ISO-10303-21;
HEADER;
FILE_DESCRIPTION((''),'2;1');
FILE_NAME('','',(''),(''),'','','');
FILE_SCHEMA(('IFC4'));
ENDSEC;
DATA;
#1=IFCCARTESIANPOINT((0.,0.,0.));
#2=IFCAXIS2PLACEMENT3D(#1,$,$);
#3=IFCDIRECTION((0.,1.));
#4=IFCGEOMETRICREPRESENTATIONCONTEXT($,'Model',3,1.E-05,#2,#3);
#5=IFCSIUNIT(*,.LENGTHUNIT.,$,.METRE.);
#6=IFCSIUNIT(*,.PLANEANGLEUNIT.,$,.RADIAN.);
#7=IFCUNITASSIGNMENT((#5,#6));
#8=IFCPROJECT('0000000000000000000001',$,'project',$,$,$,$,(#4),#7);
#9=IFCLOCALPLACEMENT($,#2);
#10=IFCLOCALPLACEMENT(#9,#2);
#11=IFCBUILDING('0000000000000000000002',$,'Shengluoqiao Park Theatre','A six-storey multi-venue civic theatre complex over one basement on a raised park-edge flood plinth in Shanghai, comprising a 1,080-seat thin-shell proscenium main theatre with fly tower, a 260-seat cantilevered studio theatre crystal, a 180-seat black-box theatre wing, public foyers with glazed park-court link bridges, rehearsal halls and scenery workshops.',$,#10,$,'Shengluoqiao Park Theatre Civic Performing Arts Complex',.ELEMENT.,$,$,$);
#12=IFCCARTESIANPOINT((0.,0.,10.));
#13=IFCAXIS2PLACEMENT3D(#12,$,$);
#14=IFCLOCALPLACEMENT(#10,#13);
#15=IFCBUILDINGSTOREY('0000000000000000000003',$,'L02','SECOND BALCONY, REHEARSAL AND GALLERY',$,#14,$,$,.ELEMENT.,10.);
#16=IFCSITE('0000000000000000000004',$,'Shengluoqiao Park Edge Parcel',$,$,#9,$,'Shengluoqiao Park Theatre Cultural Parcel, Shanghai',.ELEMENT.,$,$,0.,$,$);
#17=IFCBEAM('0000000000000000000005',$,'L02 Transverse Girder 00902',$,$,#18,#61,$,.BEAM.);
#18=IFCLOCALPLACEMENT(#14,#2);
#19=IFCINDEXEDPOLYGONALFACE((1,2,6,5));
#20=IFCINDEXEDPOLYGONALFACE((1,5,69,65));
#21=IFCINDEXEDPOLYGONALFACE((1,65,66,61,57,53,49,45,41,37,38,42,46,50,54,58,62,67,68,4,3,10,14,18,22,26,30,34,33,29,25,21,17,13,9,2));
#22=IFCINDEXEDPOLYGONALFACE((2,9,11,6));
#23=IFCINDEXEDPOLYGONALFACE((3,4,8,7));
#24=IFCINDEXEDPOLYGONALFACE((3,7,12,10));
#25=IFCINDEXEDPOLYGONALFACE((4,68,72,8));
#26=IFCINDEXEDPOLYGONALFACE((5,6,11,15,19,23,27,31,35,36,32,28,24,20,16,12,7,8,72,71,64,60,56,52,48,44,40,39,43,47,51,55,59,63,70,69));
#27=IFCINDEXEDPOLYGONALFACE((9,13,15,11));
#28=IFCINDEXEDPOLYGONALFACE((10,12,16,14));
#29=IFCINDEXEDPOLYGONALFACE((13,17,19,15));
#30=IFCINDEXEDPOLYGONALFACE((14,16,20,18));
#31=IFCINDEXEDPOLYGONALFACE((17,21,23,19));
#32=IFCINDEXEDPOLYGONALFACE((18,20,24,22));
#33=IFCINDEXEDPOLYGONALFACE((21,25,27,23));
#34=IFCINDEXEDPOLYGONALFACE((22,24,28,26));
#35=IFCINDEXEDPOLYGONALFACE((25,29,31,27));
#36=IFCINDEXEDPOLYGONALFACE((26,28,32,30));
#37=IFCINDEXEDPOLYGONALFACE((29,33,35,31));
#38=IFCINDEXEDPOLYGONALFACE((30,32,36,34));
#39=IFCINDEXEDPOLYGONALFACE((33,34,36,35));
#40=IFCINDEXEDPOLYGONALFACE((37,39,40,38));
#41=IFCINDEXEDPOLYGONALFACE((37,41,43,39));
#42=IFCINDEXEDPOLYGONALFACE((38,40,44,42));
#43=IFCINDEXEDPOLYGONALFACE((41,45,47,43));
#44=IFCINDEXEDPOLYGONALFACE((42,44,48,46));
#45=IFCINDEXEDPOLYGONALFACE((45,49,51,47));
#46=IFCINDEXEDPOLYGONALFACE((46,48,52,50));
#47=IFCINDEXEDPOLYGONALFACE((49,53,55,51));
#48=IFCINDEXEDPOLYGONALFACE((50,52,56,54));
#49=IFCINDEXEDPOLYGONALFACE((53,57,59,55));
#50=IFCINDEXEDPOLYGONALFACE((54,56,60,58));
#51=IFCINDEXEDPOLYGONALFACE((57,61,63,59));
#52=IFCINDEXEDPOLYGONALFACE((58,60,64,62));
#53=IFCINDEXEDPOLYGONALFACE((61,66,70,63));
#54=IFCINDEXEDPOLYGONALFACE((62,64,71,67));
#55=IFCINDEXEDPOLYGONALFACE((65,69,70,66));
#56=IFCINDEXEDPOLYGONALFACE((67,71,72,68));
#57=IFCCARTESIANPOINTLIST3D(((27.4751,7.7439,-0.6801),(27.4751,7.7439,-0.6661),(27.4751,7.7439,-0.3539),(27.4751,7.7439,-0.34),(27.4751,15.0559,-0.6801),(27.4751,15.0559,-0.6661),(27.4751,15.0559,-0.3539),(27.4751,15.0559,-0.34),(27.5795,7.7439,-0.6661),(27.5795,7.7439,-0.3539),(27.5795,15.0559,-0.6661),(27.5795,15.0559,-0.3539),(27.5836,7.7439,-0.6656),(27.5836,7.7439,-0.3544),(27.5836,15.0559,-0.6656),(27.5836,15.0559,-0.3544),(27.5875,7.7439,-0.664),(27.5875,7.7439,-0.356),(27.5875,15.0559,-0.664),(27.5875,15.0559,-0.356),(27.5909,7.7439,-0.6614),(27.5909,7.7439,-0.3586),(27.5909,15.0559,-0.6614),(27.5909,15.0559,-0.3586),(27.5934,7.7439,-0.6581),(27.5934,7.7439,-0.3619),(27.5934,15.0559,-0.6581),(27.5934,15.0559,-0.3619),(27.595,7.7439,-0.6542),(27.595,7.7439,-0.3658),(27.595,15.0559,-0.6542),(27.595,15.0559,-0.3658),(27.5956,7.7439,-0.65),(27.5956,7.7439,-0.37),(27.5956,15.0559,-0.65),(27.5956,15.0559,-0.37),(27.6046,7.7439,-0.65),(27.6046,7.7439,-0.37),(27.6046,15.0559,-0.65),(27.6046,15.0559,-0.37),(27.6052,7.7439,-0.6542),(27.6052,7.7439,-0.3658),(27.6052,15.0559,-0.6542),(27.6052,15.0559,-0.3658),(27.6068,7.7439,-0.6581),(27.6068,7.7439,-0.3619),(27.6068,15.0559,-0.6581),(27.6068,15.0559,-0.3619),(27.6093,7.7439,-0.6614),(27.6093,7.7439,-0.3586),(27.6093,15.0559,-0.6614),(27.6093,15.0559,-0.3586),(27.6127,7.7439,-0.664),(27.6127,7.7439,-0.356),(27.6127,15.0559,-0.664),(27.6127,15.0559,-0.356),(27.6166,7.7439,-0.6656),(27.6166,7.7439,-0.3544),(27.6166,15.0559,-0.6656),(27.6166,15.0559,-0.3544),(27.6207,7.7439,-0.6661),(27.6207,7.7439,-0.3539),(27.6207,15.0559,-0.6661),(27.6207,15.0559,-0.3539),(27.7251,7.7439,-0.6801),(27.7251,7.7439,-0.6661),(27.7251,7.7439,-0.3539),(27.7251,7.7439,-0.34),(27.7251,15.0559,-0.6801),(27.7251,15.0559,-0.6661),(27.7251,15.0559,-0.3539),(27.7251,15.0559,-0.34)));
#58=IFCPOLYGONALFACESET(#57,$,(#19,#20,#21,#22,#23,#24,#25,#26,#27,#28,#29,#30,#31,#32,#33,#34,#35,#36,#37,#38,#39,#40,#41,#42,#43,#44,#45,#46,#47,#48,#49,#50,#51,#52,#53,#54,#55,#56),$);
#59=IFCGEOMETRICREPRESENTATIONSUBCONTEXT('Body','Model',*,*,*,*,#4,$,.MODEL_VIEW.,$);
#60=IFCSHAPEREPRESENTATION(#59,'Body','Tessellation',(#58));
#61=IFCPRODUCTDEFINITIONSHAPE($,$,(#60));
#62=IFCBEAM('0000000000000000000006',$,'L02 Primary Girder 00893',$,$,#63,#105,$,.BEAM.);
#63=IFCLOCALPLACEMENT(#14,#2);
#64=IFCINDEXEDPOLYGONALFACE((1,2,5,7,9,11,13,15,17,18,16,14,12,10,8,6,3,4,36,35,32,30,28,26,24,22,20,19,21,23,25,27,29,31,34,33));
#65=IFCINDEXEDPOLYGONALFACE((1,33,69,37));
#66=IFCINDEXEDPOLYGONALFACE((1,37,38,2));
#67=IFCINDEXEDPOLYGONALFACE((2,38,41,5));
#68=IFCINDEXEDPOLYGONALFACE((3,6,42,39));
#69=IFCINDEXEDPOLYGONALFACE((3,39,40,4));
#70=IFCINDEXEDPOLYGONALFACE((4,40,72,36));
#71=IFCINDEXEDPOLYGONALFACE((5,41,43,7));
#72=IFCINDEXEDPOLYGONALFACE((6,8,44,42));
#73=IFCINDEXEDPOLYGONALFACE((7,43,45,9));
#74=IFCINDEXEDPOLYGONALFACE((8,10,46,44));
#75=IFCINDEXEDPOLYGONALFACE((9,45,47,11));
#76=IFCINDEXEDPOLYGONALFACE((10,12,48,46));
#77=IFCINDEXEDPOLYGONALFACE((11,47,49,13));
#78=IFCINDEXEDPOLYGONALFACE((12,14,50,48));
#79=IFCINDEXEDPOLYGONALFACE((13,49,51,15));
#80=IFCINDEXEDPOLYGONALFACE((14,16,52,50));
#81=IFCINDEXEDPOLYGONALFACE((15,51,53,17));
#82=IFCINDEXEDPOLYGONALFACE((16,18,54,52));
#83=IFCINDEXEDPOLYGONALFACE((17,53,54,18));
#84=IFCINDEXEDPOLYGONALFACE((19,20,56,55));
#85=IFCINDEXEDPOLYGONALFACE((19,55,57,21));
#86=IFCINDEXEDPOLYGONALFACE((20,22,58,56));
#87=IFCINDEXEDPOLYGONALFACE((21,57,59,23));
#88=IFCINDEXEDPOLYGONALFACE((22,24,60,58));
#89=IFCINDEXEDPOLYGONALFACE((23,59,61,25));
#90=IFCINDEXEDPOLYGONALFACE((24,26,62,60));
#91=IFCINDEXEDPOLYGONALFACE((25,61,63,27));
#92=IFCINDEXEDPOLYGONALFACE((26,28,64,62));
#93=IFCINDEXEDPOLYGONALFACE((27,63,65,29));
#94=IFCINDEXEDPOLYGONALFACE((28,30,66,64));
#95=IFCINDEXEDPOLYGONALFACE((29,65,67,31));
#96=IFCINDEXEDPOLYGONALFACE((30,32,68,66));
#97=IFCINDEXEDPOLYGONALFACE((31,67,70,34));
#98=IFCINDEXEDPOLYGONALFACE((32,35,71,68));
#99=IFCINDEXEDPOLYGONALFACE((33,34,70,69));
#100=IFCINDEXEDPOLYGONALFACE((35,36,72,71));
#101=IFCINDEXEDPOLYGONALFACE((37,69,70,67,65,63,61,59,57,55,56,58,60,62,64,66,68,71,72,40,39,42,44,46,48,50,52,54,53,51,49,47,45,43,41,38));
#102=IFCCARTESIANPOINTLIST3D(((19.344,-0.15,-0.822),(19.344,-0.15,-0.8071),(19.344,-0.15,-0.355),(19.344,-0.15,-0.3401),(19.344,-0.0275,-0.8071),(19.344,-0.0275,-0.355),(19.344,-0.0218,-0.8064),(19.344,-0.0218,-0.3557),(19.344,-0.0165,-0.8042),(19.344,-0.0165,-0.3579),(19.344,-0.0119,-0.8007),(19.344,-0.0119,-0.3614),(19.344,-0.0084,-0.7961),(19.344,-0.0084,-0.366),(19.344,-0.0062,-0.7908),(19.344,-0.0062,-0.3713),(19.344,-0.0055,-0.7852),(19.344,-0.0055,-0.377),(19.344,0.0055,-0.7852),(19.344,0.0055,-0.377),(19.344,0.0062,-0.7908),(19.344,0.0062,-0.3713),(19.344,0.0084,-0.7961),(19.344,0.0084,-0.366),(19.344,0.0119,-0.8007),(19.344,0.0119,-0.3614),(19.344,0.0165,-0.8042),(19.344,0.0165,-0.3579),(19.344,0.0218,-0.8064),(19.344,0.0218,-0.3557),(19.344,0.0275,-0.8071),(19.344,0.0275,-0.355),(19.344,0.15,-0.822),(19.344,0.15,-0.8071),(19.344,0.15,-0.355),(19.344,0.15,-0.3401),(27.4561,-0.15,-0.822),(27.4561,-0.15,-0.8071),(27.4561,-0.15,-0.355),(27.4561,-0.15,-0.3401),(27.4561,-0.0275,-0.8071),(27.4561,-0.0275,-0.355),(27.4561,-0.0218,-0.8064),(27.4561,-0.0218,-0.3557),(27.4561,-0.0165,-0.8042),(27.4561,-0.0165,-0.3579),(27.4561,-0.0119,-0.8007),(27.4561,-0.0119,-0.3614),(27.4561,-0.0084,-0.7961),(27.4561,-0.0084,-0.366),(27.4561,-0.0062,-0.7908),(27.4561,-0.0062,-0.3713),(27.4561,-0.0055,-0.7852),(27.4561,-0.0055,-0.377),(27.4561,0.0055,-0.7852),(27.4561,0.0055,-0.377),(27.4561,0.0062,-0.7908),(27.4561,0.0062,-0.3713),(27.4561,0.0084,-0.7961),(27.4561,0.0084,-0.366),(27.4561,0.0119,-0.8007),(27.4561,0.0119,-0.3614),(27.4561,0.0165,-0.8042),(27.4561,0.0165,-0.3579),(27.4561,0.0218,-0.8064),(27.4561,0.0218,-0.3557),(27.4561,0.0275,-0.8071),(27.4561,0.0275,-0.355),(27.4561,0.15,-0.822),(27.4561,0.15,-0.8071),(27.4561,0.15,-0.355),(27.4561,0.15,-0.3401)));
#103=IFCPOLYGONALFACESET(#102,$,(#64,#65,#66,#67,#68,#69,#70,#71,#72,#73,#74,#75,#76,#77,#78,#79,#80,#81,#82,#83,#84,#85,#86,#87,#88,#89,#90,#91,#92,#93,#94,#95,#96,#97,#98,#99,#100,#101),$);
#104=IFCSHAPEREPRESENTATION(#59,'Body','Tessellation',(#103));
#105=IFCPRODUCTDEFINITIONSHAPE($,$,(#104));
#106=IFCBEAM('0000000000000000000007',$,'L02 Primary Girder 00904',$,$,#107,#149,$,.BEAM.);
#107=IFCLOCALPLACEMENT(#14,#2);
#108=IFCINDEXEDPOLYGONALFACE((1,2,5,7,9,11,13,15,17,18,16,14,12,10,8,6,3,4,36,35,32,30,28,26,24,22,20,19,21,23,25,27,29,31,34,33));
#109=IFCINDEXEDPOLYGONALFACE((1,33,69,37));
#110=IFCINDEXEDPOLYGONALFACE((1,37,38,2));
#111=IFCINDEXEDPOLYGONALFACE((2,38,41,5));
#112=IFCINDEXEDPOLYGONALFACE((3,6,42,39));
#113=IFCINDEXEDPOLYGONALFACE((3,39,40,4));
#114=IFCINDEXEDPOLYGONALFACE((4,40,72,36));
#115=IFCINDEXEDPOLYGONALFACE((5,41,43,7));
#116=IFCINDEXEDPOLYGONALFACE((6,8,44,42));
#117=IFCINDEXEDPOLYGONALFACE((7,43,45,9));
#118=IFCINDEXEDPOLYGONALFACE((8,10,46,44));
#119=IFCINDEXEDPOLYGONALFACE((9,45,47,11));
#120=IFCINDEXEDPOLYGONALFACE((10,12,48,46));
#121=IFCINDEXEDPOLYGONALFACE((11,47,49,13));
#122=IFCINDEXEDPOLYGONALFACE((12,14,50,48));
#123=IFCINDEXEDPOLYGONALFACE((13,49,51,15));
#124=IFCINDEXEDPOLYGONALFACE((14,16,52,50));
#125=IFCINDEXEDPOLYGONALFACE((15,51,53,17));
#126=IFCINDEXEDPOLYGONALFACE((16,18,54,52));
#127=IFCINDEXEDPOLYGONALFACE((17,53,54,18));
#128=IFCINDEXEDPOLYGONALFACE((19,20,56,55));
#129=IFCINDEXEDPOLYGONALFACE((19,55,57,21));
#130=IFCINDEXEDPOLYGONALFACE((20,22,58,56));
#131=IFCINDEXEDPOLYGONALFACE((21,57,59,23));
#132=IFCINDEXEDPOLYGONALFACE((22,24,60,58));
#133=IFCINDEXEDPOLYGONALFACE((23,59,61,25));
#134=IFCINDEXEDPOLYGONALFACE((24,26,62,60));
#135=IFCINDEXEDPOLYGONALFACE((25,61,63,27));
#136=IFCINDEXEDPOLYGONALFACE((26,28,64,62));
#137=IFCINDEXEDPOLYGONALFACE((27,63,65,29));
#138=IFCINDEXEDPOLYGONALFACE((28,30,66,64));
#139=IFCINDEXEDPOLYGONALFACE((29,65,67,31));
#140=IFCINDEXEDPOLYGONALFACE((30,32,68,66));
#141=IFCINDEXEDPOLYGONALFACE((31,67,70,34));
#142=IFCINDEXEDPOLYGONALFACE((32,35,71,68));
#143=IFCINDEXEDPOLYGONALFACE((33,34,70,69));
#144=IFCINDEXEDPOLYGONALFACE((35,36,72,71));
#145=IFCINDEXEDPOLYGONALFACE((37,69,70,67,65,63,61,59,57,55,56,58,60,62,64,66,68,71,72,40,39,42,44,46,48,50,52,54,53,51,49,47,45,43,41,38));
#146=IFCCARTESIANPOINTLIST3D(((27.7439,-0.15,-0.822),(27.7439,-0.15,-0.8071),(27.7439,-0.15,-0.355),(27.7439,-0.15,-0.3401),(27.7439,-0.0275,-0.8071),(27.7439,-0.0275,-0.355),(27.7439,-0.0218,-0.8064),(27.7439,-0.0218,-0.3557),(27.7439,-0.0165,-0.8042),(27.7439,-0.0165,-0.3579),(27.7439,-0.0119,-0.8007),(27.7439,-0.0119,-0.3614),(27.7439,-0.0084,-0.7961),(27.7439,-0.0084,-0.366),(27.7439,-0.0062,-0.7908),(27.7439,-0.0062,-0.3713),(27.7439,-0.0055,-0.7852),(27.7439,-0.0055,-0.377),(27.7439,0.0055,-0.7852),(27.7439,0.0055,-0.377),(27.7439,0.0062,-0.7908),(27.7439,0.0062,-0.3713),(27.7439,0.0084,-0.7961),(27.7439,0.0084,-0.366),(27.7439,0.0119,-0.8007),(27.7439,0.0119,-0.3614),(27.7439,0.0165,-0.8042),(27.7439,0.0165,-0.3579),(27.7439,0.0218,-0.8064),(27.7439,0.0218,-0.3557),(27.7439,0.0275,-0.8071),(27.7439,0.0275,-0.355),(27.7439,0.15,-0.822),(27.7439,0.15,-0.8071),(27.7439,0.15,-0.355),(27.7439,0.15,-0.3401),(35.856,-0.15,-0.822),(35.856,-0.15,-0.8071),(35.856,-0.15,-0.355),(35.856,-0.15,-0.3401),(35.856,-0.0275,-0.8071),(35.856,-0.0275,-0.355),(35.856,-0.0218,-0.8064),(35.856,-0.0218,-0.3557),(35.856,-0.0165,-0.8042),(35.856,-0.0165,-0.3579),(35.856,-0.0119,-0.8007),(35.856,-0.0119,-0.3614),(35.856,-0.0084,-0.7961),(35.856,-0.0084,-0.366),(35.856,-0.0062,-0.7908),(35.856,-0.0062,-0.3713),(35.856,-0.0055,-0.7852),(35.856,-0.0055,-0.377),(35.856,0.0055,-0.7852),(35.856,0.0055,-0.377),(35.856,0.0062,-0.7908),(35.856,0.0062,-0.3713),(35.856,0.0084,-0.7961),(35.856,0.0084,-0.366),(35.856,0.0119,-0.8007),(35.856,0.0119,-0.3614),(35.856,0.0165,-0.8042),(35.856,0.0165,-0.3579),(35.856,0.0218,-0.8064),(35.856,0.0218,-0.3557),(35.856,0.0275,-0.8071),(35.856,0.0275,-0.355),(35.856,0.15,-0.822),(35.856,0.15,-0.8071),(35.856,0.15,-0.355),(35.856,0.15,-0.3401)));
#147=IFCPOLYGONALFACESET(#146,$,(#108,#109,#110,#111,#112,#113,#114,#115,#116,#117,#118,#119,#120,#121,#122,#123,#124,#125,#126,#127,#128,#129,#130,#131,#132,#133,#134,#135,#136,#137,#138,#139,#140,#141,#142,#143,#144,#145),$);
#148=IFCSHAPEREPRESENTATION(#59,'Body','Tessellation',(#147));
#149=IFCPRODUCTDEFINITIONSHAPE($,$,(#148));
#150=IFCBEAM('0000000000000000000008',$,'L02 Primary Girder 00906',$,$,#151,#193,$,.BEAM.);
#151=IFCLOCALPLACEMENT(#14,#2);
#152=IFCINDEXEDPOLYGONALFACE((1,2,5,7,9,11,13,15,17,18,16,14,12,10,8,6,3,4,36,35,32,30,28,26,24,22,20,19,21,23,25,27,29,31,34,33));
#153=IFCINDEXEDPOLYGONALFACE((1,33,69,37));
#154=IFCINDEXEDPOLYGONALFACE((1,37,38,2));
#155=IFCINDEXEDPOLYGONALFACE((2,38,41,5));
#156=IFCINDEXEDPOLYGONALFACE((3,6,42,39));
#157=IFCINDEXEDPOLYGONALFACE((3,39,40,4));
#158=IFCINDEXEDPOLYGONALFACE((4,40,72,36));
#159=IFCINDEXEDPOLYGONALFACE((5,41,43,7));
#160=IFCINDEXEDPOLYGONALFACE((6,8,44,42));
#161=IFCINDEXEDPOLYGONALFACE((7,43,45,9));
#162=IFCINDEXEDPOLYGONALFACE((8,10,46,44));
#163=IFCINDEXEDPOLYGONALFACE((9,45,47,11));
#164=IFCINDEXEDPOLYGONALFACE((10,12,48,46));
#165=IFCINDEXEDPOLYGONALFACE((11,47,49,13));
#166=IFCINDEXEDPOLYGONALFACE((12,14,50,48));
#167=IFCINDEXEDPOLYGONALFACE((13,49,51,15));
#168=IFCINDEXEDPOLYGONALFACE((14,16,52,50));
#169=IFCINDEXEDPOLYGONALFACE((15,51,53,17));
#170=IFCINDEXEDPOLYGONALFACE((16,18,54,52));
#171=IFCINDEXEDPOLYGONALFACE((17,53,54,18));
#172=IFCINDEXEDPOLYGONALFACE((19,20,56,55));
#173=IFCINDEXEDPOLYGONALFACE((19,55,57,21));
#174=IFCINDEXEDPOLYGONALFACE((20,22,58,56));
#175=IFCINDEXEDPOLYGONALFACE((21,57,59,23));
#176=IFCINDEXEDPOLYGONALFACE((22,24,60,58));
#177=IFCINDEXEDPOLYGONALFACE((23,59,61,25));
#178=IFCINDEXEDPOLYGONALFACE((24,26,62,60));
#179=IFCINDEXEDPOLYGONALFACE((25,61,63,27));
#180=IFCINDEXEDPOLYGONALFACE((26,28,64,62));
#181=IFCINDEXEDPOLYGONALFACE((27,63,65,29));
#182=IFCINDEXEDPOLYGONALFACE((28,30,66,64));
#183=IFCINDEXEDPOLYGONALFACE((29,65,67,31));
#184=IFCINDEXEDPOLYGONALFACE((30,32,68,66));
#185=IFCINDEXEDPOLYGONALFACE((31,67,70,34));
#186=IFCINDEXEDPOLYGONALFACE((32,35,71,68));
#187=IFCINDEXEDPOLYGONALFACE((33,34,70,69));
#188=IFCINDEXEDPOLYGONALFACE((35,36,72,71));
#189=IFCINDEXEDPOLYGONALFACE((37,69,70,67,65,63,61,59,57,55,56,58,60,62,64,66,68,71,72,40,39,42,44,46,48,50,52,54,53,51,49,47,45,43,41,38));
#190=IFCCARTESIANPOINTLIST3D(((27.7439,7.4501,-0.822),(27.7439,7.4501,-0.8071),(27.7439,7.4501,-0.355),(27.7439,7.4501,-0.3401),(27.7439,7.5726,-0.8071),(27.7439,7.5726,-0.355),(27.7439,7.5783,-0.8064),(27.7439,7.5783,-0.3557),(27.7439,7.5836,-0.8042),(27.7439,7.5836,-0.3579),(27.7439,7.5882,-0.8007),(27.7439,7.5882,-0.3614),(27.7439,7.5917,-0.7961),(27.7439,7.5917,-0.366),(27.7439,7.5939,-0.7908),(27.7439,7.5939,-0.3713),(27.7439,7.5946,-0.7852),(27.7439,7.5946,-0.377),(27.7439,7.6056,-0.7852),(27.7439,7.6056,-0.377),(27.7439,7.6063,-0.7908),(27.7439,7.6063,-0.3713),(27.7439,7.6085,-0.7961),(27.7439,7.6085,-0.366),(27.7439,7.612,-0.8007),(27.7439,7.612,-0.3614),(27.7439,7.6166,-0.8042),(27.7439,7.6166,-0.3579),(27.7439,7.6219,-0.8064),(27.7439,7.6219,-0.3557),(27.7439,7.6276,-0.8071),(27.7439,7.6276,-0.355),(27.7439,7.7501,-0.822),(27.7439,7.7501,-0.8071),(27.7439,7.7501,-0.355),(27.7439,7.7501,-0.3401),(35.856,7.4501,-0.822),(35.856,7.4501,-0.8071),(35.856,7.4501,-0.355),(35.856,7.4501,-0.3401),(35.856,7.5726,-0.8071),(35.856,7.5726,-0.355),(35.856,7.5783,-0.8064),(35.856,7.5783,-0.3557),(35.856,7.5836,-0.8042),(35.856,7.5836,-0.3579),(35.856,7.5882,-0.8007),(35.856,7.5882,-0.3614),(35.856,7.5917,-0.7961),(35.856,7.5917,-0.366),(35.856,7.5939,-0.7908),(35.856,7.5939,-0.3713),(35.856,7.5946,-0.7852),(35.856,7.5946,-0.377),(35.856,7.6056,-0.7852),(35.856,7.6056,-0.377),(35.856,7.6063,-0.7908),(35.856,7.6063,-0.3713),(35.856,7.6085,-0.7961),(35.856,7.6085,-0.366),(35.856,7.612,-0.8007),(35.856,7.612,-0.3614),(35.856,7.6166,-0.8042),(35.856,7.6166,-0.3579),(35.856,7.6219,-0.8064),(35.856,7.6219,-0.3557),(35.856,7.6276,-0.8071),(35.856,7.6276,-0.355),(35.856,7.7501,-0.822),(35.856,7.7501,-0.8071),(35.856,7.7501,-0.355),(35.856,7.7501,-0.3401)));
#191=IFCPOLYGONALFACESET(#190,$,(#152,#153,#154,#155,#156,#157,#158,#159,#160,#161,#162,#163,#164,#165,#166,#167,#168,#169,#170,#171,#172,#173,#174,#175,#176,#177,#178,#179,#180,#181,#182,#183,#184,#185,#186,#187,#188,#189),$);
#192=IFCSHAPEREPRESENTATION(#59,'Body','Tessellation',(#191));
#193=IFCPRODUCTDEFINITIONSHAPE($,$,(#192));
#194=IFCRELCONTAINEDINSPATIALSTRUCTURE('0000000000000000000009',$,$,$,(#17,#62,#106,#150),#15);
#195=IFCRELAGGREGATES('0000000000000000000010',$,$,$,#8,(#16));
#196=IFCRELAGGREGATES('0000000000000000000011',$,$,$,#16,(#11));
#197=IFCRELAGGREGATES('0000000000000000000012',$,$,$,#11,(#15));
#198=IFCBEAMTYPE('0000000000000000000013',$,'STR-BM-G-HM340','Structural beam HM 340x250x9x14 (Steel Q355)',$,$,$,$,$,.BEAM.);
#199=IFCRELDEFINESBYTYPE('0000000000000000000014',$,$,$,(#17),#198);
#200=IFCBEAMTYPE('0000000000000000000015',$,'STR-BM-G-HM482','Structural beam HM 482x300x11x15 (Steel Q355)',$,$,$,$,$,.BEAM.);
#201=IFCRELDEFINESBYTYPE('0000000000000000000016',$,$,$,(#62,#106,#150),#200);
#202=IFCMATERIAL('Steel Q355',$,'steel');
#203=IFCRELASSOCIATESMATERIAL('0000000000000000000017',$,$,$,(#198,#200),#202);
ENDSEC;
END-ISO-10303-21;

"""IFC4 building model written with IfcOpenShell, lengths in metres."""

from ifc_helpers import new_model, si_unit, direction, frame, origin, origin_2d, place, context, subcontext, project, spatial, i_section, extrude, material, material_profile, profile_set, type_object, element, save


model = new_model("IFC4")

# Units and contexts
model_context = context("Model", 3, precision=1e-05, world=origin(), true_north=direction((0.0, 1.0)))
body_context = subcontext(model_context, "Body", "Model", "MODEL_VIEW")
ifc_project = project(units=[si_unit("LENGTHUNIT", "METRE"), si_unit("PLANEANGLEUNIT", "RADIAN")], contexts=[model_context])

# Site, building, storey
site_placement = place(None, origin())
site = spatial("IfcSite", under=ifc_project, at=site_placement, Name="Shengluoqiao Park Edge Parcel", LongName="Shengluoqiao Park Theatre Cultural Parcel, Shanghai", CompositionType="ELEMENT", RefElevation=0.0)
building_placement = place(site_placement, origin())
building = spatial("IfcBuilding", under=site, at=building_placement, Name="Shengluoqiao Park Theatre", Description="A six-storey multi-venue civic theatre complex over one basement on a raised park-edge flood plinth in Shanghai, comprising a 1,080-seat thin-shell proscenium main theatre with fly tower, a 260-seat cantilevered studio theatre crystal, a 180-seat black-box theatre wing, public foyers with glazed park-court link bridges, rehearsal halls and scenery workshops.", LongName="Shengluoqiao Park Theatre Civic Performing Arts Complex", CompositionType="ELEMENT")
storey_placement = place(building_placement, frame((0.0, 0.0, 10.0)))
storey = spatial("IfcBuildingStorey", under=building, at=storey_placement, Name="L02", Description="SECOND BALCONY, REHEARSAL AND GALLERY", CompositionType="ELEMENT", Elevation=10.0)

# Shared definitions
ifc_material_1 = material(Name="Steel Q355", Category="steel")

# Beams
ifc_material_profile_1 = material_profile(ifc_material_1, i_section(OverallWidth=0.25, OverallDepth=0.3401, WebThickness=0.009, FlangeThickness=0.0139, FilletRadius=0.0161, at=origin_2d()), Name="HM 340x250x9x14")
ifc_profile_set_1 = profile_set([ifc_material_profile_1], Name="Steel Q355")
beam_type_1 = type_object("IfcBeamType", Name="STR-BM-G-HM340", Description="Structural beam HM 340x250x9x14 (Steel Q355)", PredefinedType="BEAM", material=ifc_profile_set_1)
for number, where, z_axis, x_axis, name in (
    (1, (27.6001, 7.7439, -0.51), (0.0, 1.0, 0.0), (-1.0, 0.0, 0.0), "L02 Transverse Girder 00902"),
):
    element("IfcBeam", number, at=place(storey_placement, frame(where, z_axis=z_axis, x_axis=x_axis)), inside=storey, type_object=beam_type_1, Name=name, PredefinedType="BEAM", context=body_context, shape_type="SweptSolid", body=[
        extrude(i_section(OverallWidth=0.25, OverallDepth=0.3401, WebThickness=0.009, FlangeThickness=0.0139, FilletRadius=0.0161, at=origin_2d()), origin(), (0.0, 0.0, 1.0), 7.312),
    ])
ifc_material_profile_2 = material_profile(ifc_material_1, i_section(OverallWidth=0.3, OverallDepth=0.4819, WebThickness=0.011, FlangeThickness=0.0149, FilletRadius=0.022, at=origin_2d()), Name="HM 482x300x11x15")
ifc_profile_set_2 = profile_set([ifc_material_profile_2], Name="Steel Q355")
beam_type_2 = type_object("IfcBeamType", Name="STR-BM-G-HM482", Description="Structural beam HM 482x300x11x15 (Steel Q355)", PredefinedType="BEAM", material=ifc_profile_set_2)
for number, where, z_axis, x_axis, name in (
    (2, (19.344, 0.0, -0.5811), (1.0, 0.0, 0.0), (0.0, 1.0, 0.0), "L02 Primary Girder 00893"),
    (3, (27.7439, 0.0, -0.5811), (1.0, 0.0, 0.0), (0.0, 1.0, 0.0), "L02 Primary Girder 00904"),
    (4, (27.7439, 7.6001, -0.5811), (1.0, 0.0, 0.0), (0.0, 1.0, 0.0), "L02 Primary Girder 00906"),
):
    element("IfcBeam", number, at=place(storey_placement, frame(where, z_axis=z_axis, x_axis=x_axis)), inside=storey, type_object=beam_type_2, Name=name, PredefinedType="BEAM", context=body_context, shape_type="SweptSolid", body=[
        extrude(i_section(OverallWidth=0.3, OverallDepth=0.4819, WebThickness=0.011, FlangeThickness=0.0149, FilletRadius=0.022, at=origin_2d()), origin(), (0.0, 0.0, 1.0), 8.1121),
    ])

save(model, "model.ifc")
